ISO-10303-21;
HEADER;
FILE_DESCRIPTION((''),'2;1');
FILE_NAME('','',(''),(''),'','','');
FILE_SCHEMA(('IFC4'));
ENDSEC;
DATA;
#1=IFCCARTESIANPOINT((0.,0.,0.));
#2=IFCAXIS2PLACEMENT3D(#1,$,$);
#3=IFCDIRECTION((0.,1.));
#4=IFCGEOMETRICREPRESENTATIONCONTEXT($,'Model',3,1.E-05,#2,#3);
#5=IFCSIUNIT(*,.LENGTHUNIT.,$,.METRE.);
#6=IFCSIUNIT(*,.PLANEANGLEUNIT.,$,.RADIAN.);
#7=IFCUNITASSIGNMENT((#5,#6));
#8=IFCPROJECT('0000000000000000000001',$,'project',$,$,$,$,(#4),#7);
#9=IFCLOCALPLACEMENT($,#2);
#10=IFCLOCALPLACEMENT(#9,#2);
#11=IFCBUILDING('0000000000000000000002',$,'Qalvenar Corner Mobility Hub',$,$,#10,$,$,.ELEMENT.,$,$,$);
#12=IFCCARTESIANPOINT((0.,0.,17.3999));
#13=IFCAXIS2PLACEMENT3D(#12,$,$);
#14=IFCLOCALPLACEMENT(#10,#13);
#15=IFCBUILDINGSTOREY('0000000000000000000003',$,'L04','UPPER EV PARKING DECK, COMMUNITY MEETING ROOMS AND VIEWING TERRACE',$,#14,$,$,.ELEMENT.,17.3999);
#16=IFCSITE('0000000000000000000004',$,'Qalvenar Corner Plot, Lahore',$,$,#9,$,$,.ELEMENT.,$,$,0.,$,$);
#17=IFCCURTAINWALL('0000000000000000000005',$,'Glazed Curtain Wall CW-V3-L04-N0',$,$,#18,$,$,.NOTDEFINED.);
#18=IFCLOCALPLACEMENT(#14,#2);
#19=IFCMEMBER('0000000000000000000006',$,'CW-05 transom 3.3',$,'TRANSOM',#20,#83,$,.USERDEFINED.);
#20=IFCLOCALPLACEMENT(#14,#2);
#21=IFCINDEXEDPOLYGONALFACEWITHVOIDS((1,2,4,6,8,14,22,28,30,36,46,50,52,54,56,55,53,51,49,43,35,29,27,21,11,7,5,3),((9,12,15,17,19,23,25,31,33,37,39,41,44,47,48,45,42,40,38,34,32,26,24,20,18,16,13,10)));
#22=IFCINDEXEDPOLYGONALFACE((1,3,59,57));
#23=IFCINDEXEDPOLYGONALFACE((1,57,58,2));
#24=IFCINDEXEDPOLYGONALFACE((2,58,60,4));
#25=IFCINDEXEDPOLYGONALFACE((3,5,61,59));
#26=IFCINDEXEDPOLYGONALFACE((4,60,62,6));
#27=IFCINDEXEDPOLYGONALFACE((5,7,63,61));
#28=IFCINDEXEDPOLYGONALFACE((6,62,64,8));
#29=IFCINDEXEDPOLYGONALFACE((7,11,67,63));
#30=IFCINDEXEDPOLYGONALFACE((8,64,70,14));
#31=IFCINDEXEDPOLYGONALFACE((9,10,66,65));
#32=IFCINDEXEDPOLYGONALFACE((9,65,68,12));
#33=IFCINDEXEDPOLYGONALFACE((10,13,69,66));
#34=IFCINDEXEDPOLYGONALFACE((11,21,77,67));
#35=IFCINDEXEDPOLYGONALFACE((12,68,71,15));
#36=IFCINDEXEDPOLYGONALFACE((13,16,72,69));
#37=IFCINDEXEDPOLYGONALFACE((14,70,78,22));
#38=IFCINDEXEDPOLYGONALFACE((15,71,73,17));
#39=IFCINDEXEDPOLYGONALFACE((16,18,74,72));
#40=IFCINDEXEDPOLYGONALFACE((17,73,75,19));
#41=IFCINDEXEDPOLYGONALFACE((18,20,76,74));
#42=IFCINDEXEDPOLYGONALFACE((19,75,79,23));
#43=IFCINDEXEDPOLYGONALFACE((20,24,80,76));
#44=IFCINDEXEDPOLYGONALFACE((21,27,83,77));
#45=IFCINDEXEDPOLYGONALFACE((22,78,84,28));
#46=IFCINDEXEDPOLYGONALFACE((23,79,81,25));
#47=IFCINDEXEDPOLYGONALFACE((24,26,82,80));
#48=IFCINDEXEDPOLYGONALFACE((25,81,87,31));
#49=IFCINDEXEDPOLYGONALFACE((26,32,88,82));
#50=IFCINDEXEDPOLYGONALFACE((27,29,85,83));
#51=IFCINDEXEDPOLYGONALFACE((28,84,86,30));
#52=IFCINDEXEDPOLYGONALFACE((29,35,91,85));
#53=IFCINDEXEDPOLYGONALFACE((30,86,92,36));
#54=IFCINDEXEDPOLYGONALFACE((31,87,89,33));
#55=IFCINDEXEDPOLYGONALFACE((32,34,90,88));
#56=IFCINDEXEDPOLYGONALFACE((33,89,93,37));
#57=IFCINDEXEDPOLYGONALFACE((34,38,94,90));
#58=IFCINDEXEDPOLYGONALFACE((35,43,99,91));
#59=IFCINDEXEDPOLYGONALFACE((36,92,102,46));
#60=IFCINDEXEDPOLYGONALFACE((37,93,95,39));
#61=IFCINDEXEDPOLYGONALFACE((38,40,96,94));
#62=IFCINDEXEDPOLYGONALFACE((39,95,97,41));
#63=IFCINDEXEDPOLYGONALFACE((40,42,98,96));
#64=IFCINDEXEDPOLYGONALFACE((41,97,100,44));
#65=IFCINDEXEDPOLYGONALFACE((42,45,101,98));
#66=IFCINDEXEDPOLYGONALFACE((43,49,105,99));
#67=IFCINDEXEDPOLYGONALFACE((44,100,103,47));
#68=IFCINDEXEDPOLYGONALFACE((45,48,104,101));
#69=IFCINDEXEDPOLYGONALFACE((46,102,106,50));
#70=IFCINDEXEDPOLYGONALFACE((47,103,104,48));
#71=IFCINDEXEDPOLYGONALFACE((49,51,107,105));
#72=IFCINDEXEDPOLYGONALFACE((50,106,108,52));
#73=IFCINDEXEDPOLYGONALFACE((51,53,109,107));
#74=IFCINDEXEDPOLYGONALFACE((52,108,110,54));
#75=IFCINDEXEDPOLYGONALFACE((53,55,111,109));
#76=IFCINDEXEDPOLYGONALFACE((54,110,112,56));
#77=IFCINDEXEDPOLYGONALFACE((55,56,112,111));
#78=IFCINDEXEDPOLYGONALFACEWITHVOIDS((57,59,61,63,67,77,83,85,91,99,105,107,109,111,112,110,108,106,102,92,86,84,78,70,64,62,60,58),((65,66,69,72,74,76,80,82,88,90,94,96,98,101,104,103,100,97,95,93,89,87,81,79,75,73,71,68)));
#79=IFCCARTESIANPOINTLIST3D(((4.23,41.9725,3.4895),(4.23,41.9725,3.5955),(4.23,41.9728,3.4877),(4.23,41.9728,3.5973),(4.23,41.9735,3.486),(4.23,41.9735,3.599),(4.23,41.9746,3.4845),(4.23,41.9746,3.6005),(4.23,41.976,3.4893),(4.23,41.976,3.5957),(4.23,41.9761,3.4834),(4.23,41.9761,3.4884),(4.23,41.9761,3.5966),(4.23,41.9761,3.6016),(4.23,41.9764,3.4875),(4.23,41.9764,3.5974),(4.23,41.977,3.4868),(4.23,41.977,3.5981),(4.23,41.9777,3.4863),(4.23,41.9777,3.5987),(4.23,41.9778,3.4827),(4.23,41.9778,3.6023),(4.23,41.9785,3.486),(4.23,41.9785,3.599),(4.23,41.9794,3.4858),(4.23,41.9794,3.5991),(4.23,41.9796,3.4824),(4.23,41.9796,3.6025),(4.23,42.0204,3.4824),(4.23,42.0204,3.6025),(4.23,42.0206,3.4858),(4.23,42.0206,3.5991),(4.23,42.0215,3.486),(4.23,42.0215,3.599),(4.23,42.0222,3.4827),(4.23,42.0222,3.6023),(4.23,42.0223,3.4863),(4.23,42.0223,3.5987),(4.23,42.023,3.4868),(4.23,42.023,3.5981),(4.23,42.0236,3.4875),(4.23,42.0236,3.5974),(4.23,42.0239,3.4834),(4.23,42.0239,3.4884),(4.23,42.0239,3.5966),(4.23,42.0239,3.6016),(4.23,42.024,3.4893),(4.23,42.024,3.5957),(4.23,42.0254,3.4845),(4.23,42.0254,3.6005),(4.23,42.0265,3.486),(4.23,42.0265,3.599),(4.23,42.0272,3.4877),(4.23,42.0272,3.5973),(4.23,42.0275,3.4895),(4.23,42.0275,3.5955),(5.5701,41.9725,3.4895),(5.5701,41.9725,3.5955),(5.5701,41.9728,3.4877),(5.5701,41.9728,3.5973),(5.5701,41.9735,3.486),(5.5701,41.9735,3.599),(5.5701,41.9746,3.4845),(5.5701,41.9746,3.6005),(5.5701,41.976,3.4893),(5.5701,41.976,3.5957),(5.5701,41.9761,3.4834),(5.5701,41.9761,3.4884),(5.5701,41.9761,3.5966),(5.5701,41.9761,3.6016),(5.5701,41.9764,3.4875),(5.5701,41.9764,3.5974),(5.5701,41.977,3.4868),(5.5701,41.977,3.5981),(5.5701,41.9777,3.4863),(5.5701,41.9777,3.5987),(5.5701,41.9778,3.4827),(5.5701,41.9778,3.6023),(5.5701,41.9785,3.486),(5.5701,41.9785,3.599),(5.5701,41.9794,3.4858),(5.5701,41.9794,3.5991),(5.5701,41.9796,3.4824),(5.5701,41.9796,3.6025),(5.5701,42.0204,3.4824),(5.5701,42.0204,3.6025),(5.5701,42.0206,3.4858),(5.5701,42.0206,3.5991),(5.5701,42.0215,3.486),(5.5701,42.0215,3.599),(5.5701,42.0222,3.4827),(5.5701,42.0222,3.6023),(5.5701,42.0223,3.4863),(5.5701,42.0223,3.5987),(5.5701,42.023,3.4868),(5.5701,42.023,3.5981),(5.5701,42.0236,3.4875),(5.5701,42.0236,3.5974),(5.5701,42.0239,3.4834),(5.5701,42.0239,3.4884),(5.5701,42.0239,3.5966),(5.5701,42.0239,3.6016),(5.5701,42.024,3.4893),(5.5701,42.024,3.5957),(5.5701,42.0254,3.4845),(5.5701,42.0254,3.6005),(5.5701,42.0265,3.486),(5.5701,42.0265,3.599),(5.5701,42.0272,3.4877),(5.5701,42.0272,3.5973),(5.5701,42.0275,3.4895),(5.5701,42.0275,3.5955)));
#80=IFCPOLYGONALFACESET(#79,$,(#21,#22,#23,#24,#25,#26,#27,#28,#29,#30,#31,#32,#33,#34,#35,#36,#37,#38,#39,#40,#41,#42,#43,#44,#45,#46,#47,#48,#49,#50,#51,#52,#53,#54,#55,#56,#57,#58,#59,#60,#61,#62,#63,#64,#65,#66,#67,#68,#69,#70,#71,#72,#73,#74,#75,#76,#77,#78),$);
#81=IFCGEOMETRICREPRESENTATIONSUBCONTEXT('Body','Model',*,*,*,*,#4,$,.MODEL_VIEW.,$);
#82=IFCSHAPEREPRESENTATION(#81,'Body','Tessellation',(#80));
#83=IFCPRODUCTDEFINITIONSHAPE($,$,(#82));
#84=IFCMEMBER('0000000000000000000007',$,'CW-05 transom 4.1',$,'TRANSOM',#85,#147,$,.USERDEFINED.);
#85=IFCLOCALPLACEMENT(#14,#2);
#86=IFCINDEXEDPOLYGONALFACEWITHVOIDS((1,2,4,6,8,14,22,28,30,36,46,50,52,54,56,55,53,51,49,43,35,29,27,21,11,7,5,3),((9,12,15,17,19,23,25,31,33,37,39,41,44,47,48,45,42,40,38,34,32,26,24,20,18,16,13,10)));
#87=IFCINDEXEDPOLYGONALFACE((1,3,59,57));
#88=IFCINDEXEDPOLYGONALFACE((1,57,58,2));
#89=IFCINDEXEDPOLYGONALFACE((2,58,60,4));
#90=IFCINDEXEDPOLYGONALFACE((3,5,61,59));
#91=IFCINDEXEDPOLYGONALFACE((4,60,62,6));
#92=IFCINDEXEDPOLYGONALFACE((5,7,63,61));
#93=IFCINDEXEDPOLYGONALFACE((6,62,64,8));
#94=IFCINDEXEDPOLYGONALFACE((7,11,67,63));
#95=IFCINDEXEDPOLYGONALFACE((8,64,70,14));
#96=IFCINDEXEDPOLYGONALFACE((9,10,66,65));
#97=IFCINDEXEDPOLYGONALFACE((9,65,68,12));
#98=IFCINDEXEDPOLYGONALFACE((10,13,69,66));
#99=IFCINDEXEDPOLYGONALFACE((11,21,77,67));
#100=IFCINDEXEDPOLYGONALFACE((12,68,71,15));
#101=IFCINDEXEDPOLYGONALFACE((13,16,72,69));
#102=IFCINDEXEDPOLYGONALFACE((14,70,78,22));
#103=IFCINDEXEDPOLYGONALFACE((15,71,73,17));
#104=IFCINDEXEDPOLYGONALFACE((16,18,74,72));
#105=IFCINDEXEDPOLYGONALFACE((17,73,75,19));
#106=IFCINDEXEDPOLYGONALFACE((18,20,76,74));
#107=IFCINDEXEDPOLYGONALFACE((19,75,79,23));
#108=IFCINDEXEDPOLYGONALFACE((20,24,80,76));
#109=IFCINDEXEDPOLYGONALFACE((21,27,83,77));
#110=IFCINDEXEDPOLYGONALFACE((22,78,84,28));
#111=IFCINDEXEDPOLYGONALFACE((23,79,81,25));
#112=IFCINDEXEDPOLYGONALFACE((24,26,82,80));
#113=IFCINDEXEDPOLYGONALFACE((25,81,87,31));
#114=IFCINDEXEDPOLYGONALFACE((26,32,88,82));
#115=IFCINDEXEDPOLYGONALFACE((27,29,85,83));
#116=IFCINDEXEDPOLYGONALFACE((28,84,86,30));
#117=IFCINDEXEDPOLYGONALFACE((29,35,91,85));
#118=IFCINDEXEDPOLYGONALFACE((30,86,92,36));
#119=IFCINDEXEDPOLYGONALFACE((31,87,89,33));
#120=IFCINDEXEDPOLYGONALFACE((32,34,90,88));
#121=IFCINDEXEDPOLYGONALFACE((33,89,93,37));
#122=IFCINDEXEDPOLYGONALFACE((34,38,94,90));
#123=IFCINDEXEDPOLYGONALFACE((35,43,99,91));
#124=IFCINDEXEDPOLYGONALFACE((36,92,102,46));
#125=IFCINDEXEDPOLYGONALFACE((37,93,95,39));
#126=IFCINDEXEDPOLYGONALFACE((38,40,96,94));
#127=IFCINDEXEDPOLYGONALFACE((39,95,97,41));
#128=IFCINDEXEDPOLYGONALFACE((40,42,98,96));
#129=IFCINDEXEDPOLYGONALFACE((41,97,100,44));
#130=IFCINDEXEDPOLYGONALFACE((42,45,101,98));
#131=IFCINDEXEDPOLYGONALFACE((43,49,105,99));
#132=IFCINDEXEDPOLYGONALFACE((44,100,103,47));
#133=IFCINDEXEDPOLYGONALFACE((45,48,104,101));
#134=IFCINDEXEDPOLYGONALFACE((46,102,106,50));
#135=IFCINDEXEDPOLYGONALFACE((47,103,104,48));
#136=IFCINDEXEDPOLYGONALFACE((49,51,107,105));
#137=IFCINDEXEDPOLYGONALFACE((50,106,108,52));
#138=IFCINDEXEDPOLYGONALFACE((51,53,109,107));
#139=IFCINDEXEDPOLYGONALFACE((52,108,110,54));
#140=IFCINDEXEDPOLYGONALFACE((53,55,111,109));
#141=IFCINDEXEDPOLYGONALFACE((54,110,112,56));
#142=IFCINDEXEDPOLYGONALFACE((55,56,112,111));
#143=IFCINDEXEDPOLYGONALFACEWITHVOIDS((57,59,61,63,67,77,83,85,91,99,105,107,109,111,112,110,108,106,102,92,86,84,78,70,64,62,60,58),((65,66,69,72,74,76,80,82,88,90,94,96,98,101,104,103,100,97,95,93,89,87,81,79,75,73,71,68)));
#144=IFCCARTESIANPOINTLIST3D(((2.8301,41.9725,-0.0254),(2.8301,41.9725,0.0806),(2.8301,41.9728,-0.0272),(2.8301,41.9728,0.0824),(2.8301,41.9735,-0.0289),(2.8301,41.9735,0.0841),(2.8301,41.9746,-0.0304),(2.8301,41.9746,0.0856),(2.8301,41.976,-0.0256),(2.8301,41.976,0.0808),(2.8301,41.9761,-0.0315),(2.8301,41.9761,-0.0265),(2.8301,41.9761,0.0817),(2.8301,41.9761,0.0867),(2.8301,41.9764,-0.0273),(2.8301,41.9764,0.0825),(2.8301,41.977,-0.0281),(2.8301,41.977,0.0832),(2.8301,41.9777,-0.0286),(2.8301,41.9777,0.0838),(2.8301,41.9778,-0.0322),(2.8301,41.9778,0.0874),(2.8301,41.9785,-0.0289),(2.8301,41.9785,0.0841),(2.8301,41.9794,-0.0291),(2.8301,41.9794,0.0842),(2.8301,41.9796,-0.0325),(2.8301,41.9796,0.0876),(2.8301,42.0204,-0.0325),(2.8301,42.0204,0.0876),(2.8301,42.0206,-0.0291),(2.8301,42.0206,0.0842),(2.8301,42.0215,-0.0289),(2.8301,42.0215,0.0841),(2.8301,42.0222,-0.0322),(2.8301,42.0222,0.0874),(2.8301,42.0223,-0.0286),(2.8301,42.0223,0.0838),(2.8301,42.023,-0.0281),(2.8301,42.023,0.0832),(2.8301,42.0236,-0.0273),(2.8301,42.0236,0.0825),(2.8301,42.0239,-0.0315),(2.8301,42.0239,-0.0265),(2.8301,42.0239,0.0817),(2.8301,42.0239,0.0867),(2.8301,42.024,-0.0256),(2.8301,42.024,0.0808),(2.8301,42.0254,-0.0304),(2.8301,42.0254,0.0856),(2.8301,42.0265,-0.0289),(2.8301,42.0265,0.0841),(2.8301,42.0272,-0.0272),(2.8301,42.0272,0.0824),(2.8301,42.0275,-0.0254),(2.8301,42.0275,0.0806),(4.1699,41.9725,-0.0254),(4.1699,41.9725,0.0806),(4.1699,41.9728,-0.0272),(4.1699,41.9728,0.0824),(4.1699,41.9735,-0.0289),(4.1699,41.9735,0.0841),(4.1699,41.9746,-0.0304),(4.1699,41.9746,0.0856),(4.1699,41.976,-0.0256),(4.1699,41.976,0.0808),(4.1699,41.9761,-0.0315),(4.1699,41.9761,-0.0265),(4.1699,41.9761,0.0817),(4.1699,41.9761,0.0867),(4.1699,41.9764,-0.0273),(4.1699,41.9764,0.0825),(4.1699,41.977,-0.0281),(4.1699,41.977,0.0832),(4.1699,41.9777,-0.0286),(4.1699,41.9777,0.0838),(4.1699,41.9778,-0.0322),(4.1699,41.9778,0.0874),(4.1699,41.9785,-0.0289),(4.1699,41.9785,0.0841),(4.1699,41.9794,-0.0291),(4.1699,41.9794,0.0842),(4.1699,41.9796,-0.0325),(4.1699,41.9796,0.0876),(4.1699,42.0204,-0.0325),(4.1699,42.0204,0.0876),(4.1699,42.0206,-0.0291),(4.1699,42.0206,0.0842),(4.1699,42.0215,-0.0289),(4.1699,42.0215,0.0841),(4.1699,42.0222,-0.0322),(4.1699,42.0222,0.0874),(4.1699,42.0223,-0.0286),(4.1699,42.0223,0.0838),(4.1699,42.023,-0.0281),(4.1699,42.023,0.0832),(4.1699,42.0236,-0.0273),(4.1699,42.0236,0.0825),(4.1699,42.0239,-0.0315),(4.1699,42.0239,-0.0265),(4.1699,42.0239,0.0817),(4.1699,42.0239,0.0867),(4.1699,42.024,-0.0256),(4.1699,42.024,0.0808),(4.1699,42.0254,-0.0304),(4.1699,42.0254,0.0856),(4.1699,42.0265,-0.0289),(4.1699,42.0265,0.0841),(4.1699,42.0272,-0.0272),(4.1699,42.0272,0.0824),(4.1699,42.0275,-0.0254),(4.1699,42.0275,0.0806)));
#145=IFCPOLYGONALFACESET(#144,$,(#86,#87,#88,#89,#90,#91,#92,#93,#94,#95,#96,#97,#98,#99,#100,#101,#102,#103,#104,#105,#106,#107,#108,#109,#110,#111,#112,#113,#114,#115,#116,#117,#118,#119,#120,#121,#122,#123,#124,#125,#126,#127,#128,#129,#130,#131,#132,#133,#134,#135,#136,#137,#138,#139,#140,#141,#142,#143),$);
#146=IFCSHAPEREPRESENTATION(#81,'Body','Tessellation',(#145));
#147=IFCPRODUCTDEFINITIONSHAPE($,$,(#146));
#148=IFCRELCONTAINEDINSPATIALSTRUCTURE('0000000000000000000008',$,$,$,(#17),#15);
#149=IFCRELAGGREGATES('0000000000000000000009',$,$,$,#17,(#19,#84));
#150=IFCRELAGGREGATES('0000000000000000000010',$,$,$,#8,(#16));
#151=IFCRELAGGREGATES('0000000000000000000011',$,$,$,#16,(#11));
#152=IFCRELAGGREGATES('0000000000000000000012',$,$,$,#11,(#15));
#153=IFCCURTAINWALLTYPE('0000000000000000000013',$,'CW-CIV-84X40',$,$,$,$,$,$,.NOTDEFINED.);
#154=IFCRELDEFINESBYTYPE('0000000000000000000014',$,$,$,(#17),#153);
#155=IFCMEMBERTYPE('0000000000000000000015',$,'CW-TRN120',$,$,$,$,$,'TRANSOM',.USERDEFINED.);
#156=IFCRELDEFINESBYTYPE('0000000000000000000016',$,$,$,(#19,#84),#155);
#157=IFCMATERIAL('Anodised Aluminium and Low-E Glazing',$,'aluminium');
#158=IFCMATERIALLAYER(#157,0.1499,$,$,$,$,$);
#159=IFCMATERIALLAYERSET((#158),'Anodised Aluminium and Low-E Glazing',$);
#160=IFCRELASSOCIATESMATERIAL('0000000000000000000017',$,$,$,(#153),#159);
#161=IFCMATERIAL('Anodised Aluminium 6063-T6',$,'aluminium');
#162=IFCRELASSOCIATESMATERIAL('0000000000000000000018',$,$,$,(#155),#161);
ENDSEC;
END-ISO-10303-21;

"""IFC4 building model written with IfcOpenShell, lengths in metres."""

from ifc_helpers import new_model, si_unit, direction, frame, origin, origin_2d, place, context, subcontext, project, spatial, hollow_rectangle, extrude, material, layer, layer_set, material_profile, profile_set, type_object, element, aggregate, save


model = new_model("IFC4")

# Units and contexts
model_context = context("Model", 3, precision=1e-05, world=origin(), true_north=direction((0.0, 1.0)))
body_context = subcontext(model_context, "Body", "Model", "MODEL_VIEW")
ifc_project = project(units=[si_unit("LENGTHUNIT", "METRE"), si_unit("PLANEANGLEUNIT", "RADIAN")], contexts=[model_context])

# Site, building, storey
site_placement = place(None, origin())
site = spatial("IfcSite", under=ifc_project, at=site_placement, Name="Qalvenar Corner Plot, Lahore", CompositionType="ELEMENT", RefElevation=0.0)
building_placement = place(site_placement, origin())
building = spatial("IfcBuilding", under=site, at=building_placement, Name="Qalvenar Corner Mobility Hub", CompositionType="ELEMENT")
storey_placement = place(building_placement, frame((0.0, 0.0, 17.3999)))
storey = spatial("IfcBuildingStorey", under=building, at=storey_placement, Name="L04", Description="UPPER EV PARKING DECK, COMMUNITY MEETING ROOMS AND VIEWING TERRACE", CompositionType="ELEMENT", Elevation=17.3999)

# Curtain wall, members
ifc_material_1 = material(Name="Anodised Aluminium and Low-E Glazing", Category="aluminium")
ifc_layer_1 = layer(ifc_material_1, 0.1499)
ifc_layer_set_1 = layer_set([ifc_layer_1], Name="Anodised Aluminium and Low-E Glazing")
curtain_wall_type = type_object("IfcCurtainWallType", Name="CW-CIV-84X40", PredefinedType="NOTDEFINED", material=ifc_layer_set_1)
curtain_wall_placement = place(storey_placement, origin())
curtain_wall = element("IfcCurtainWall", 1, at=curtain_wall_placement, inside=storey, type_object=curtain_wall_type, Name="Glazed Curtain Wall CW-V3-L04-N0", PredefinedType="NOTDEFINED")
ifc_material_2 = material(Name="Anodised Aluminium 6063-T6", Category="aluminium")
ifc_material_profile_1 = material_profile(ifc_material_2, hollow_rectangle(XDim=0.0549, YDim=0.1201, WallThickness=0.0034, InnerFilletRadius=0.0034, OuterFilletRadius=0.0071, at=origin_2d()), Name="RHS120x55x3.5")
ifc_profile_set_1 = profile_set([ifc_material_profile_1], Name="Anodised Aluminium 6063-T6")
member_type_1 = type_object("IfcMemberType", Name="CW-TRN120", ElementType="TRANSOM", PredefinedType="USERDEFINED", material=ifc_profile_set_1)
member_1_placement = place(storey_placement, frame((5.5701, 42.0, 3.5425), z_axis=(-1.0, 0.0, 0.0), x_axis=(0.0, -1.0, 0.0)))
member_1 = element("IfcMember", 2, at=member_1_placement, type_object=member_type_1, Name="CW-05 transom 3.3", ObjectType="TRANSOM", PredefinedType="USERDEFINED", context=body_context, shape_type="SweptSolid", body=[
    extrude(hollow_rectangle(XDim=0.0549, YDim=0.1201, WallThickness=0.0034, InnerFilletRadius=0.0034, OuterFilletRadius=0.0071, at=origin_2d()), origin(), (0.0, 0.0, 1.0), 1.3401),
])
member_2_placement = place(storey_placement, frame((4.1699, 42.0, 0.0276), z_axis=(-1.0, 0.0, 0.0), x_axis=(0.0, -1.0, 0.0)))
member_2 = element("IfcMember", 3, at=member_2_placement, type_object=member_type_1, Name="CW-05 transom 4.1", ObjectType="TRANSOM", PredefinedType="USERDEFINED", context=body_context, shape_type="SweptSolid", body=[
    extrude(hollow_rectangle(XDim=0.0549, YDim=0.1201, WallThickness=0.0034, InnerFilletRadius=0.0034, OuterFilletRadius=0.0071, at=origin_2d()), origin(), (0.0, 0.0, 1.0), 1.3398),
])
aggregate(curtain_wall, [member_1, member_2])

save(model, "model.ifc")
